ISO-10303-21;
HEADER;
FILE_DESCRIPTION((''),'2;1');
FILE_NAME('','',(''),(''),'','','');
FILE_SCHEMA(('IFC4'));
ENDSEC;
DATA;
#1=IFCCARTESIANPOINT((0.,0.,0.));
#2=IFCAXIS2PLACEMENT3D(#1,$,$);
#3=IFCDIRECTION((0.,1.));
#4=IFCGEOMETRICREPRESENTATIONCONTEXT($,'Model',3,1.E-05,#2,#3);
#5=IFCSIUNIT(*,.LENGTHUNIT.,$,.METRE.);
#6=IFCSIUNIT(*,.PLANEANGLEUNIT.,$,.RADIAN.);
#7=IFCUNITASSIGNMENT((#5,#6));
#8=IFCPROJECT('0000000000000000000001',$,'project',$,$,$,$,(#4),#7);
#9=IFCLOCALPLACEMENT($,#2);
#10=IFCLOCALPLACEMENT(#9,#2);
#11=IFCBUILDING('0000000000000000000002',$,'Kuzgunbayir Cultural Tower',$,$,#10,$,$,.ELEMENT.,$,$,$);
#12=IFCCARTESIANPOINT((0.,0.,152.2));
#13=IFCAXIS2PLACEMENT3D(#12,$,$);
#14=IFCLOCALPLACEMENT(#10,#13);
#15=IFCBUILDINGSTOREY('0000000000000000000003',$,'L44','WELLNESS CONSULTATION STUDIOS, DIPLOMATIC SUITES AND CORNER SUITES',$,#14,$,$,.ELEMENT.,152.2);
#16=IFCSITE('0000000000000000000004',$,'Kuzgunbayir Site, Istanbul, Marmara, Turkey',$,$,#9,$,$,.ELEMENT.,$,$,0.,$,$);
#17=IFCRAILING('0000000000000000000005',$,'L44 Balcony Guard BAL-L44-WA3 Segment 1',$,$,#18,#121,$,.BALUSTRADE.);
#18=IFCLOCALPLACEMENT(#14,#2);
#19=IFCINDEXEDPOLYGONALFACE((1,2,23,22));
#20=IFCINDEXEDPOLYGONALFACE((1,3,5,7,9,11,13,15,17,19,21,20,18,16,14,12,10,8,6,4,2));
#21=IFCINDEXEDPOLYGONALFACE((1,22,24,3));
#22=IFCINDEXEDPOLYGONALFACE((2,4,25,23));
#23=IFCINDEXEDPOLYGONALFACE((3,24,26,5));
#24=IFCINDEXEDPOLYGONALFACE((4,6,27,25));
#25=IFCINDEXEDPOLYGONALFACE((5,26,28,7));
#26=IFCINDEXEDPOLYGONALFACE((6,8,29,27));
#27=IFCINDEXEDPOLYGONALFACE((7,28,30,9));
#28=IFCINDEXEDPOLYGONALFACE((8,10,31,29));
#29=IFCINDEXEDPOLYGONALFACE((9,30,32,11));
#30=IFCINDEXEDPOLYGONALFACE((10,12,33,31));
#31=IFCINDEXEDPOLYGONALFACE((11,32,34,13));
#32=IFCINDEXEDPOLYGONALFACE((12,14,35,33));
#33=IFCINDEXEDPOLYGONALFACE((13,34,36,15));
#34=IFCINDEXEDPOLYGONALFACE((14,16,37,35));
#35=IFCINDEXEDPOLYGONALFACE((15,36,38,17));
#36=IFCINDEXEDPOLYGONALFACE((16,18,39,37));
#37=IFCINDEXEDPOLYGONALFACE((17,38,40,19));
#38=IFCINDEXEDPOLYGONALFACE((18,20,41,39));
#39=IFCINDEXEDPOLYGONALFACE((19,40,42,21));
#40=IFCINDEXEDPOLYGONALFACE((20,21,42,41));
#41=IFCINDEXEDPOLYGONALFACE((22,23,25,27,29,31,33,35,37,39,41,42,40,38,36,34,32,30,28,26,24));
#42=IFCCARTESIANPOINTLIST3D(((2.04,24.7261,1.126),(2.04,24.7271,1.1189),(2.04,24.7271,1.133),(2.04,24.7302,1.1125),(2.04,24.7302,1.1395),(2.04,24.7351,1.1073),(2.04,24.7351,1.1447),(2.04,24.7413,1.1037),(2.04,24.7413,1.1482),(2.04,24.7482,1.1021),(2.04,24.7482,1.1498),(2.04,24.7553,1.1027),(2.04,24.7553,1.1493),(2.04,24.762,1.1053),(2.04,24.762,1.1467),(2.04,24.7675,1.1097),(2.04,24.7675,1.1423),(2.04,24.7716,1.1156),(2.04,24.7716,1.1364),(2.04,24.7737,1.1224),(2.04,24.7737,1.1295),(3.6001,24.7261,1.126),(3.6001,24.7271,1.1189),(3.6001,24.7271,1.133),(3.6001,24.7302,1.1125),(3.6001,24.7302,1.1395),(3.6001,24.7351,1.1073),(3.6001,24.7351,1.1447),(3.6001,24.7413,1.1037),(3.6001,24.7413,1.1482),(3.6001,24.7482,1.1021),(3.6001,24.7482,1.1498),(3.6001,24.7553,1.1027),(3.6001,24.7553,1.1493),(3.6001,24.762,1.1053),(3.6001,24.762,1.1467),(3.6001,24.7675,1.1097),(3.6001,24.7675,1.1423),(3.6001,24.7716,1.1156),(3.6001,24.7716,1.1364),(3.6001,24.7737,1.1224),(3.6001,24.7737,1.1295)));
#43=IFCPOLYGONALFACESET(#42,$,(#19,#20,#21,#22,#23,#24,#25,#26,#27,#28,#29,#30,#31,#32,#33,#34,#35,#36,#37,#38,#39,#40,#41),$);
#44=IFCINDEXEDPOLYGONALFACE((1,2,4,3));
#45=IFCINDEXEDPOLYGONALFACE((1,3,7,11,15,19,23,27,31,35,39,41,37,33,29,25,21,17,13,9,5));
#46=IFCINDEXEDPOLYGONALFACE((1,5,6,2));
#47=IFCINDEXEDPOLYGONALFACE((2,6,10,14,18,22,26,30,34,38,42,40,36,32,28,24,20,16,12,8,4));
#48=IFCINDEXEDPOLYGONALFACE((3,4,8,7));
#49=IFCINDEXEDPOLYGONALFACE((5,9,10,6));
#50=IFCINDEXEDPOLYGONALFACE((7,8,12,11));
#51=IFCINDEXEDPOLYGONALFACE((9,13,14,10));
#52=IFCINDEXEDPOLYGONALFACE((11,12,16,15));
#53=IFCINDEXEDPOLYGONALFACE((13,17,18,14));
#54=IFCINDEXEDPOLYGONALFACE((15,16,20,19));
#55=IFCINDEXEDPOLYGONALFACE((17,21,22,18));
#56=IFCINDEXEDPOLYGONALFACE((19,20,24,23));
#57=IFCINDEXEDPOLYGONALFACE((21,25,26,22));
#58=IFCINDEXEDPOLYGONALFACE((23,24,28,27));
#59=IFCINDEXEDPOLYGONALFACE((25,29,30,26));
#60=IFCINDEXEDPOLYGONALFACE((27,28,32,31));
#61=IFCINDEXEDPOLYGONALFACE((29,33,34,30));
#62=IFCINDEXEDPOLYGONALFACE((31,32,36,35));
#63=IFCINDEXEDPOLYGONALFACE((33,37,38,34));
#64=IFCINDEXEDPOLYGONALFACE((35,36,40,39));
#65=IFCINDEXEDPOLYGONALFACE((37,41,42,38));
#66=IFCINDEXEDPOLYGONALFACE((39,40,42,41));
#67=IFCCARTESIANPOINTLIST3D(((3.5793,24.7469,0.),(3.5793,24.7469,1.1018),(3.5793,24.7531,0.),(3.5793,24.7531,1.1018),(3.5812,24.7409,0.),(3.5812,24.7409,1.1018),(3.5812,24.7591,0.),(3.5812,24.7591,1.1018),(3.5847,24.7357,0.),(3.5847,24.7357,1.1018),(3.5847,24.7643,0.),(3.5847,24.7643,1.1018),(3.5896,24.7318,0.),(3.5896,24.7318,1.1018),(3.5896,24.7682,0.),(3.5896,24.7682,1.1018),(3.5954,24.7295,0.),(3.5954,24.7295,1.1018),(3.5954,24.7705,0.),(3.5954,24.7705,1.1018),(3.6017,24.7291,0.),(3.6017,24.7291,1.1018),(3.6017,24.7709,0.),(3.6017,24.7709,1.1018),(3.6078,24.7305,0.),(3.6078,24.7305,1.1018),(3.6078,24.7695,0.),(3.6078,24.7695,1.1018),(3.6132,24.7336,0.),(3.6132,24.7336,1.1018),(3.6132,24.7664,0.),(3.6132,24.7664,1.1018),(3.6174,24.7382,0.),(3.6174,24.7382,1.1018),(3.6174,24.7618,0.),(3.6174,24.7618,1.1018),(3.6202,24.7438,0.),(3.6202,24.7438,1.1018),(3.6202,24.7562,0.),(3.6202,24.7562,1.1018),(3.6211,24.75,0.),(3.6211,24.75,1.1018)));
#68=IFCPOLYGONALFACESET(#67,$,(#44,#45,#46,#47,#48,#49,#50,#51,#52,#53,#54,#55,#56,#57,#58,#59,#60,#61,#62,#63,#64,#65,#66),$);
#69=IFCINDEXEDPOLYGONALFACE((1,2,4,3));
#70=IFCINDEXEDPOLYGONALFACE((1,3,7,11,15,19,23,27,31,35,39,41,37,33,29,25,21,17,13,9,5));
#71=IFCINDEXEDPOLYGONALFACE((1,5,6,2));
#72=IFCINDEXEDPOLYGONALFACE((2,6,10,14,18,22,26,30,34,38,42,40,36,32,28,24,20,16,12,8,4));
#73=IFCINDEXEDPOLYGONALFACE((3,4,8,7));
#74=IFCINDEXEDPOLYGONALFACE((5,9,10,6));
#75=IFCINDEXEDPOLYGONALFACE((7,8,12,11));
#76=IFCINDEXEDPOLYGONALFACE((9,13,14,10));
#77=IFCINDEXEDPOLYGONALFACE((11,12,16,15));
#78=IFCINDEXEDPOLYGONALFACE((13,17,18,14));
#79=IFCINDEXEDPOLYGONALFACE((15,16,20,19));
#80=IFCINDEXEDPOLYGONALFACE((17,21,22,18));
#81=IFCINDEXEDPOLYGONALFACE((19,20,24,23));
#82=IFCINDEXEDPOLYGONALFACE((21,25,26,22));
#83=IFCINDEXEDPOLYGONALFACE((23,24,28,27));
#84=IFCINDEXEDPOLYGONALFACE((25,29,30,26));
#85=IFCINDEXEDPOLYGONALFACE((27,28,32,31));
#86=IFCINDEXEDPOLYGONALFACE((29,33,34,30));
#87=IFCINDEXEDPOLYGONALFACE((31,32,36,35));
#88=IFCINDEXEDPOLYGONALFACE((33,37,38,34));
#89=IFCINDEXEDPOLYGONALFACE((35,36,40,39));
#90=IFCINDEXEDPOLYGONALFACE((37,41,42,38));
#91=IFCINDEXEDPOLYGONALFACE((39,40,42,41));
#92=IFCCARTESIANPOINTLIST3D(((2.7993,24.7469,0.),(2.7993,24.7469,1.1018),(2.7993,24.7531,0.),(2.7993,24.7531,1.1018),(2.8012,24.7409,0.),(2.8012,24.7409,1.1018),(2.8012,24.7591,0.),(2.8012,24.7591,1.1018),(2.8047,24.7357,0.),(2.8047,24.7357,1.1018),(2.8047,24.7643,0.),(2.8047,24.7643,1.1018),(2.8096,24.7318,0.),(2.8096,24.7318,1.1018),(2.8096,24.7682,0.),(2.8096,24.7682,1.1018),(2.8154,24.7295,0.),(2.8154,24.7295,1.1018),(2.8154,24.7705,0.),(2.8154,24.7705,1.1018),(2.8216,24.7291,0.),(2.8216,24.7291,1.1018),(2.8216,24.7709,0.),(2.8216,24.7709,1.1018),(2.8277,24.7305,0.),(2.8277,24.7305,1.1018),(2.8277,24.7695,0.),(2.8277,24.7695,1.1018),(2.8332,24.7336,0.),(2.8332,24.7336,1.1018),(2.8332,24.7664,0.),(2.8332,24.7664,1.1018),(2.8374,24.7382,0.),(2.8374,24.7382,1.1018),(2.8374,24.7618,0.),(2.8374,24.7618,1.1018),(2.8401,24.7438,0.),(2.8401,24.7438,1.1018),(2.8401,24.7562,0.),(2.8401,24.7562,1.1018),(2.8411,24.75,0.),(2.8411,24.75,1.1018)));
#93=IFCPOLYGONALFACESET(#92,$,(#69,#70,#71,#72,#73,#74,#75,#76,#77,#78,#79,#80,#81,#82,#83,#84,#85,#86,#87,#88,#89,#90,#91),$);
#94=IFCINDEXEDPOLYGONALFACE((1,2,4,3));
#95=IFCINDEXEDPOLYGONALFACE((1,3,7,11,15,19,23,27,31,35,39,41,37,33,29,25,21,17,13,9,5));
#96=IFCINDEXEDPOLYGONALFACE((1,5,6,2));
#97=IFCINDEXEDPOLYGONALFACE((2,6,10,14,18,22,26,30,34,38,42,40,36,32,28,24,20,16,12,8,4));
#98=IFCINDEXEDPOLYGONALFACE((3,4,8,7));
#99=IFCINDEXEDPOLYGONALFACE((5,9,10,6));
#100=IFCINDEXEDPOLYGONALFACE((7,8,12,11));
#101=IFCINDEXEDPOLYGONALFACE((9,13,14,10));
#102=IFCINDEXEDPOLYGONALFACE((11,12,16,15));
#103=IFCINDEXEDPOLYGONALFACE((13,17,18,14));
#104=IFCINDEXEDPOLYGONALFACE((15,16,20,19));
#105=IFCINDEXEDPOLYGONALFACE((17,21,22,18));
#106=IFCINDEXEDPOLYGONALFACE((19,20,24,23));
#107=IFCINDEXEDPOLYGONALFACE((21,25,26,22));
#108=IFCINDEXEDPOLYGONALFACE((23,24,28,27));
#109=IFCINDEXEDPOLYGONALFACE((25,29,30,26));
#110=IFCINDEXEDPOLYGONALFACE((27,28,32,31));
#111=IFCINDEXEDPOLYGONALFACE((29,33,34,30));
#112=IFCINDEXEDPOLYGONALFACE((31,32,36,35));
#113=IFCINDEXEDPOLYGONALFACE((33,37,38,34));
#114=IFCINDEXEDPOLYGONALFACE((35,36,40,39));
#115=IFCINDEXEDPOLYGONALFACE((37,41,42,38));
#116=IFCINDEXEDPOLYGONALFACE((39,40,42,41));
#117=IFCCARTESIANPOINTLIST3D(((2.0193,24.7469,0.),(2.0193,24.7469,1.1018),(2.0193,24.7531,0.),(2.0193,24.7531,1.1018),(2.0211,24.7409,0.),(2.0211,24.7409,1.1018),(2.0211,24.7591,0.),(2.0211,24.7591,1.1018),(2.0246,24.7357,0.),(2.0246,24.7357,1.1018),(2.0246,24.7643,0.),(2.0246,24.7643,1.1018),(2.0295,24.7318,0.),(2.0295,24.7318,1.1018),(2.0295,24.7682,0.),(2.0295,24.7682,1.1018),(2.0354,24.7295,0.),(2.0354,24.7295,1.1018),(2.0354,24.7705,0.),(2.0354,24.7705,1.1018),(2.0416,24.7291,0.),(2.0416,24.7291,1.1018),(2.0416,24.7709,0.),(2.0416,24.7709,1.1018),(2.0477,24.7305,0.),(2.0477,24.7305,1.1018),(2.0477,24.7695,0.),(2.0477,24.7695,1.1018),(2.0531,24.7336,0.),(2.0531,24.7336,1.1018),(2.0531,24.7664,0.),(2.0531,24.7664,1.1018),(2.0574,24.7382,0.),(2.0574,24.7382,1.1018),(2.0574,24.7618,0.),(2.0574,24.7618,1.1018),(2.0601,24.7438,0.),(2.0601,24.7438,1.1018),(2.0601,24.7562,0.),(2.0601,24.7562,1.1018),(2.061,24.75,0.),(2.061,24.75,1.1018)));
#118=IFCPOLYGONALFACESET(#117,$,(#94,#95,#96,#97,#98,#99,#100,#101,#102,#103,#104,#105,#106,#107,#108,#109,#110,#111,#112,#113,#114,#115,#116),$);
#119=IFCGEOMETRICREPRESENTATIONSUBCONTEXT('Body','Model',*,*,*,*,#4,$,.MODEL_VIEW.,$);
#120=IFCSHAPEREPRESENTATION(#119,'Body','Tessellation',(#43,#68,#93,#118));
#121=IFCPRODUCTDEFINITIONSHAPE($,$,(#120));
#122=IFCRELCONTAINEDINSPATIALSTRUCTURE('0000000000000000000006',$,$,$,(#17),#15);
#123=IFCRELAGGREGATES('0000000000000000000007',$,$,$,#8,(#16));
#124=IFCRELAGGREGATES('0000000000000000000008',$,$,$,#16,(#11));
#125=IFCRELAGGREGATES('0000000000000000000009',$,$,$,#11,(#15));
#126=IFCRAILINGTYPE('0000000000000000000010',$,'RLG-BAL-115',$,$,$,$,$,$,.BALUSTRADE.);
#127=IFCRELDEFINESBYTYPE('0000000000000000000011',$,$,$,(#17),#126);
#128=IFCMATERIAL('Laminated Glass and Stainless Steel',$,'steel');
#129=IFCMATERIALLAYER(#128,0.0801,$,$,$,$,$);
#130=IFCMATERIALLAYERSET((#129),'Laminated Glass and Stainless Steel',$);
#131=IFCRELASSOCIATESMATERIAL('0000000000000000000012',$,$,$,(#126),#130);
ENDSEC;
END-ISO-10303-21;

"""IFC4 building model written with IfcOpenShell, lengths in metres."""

from ifc_helpers import new_model, si_unit, direction, frame, origin, origin_2d, place, context, subcontext, project, spatial, circle, extrude, material, layer, layer_set, type_object, element, save


model = new_model("IFC4")

# Units and contexts
model_context = context("Model", 3, precision=1e-05, world=origin(), true_north=direction((0.0, 1.0)))
body_context = subcontext(model_context, "Body", "Model", "MODEL_VIEW")
ifc_project = project(units=[si_unit("LENGTHUNIT", "METRE"), si_unit("PLANEANGLEUNIT", "RADIAN")], contexts=[model_context])

# Site, building, storey
site_placement = place(None, origin())
site = spatial("IfcSite", under=ifc_project, at=site_placement, Name="Kuzgunbayir Site, Istanbul, Marmara, Turkey", CompositionType="ELEMENT", RefElevation=0.0)
building_placement = place(site_placement, origin())
building = spatial("IfcBuilding", under=site, at=building_placement, Name="Kuzgunbayir Cultural Tower", CompositionType="ELEMENT")
storey_placement = place(building_placement, frame((0.0, 0.0, 152.2)))
storey = spatial("IfcBuildingStorey", under=building, at=storey_placement, Name="L44", Description="WELLNESS CONSULTATION STUDIOS, DIPLOMATIC SUITES AND CORNER SUITES", CompositionType="ELEMENT", Elevation=152.2)

# Railing
ifc_material_1 = material(Name="Laminated Glass and Stainless Steel", Category="steel")
ifc_layer_1 = layer(ifc_material_1, 0.0801)
ifc_layer_set_1 = layer_set([ifc_layer_1], Name="Laminated Glass and Stainless Steel")
railing_type = type_object("IfcRailingType", Name="RLG-BAL-115", PredefinedType="BALUSTRADE", material=ifc_layer_set_1)
railing_1_placement = place(storey_placement, frame((3.6001, 24.75, 0.0)))
element("IfcRailing", 1, at=railing_1_placement, inside=storey, type_object=railing_type, Name="L44 Balcony Guard BAL-L44-WA3 Segment 1", PredefinedType="BALUSTRADE", context=body_context, shape_type="SweptSolid", body=[
    extrude(circle(Radius=0.0239, at=origin_2d()), frame((0.0, 0.0, 1.126), z_axis=(-1.0, 0.0, 0.0), x_axis=(0.0, -1.0, 0.0)), (0.0, 0.0, 1.0), 1.5601),
    extrude(circle(Radius=0.021, at=origin_2d()), origin(), (0.0, 0.0, 1.0), 1.1018),
    extrude(circle(Radius=0.021, at=origin_2d()), frame((-0.78, 0.0, 0.0)), (0.0, 0.0, 1.0), 1.1018),
    extrude(circle(Radius=0.021, at=origin_2d()), frame((-1.5601, 0.0, 0.0)), (0.0, 0.0, 1.0), 1.1018),
])

save(model, "model.ifc")
